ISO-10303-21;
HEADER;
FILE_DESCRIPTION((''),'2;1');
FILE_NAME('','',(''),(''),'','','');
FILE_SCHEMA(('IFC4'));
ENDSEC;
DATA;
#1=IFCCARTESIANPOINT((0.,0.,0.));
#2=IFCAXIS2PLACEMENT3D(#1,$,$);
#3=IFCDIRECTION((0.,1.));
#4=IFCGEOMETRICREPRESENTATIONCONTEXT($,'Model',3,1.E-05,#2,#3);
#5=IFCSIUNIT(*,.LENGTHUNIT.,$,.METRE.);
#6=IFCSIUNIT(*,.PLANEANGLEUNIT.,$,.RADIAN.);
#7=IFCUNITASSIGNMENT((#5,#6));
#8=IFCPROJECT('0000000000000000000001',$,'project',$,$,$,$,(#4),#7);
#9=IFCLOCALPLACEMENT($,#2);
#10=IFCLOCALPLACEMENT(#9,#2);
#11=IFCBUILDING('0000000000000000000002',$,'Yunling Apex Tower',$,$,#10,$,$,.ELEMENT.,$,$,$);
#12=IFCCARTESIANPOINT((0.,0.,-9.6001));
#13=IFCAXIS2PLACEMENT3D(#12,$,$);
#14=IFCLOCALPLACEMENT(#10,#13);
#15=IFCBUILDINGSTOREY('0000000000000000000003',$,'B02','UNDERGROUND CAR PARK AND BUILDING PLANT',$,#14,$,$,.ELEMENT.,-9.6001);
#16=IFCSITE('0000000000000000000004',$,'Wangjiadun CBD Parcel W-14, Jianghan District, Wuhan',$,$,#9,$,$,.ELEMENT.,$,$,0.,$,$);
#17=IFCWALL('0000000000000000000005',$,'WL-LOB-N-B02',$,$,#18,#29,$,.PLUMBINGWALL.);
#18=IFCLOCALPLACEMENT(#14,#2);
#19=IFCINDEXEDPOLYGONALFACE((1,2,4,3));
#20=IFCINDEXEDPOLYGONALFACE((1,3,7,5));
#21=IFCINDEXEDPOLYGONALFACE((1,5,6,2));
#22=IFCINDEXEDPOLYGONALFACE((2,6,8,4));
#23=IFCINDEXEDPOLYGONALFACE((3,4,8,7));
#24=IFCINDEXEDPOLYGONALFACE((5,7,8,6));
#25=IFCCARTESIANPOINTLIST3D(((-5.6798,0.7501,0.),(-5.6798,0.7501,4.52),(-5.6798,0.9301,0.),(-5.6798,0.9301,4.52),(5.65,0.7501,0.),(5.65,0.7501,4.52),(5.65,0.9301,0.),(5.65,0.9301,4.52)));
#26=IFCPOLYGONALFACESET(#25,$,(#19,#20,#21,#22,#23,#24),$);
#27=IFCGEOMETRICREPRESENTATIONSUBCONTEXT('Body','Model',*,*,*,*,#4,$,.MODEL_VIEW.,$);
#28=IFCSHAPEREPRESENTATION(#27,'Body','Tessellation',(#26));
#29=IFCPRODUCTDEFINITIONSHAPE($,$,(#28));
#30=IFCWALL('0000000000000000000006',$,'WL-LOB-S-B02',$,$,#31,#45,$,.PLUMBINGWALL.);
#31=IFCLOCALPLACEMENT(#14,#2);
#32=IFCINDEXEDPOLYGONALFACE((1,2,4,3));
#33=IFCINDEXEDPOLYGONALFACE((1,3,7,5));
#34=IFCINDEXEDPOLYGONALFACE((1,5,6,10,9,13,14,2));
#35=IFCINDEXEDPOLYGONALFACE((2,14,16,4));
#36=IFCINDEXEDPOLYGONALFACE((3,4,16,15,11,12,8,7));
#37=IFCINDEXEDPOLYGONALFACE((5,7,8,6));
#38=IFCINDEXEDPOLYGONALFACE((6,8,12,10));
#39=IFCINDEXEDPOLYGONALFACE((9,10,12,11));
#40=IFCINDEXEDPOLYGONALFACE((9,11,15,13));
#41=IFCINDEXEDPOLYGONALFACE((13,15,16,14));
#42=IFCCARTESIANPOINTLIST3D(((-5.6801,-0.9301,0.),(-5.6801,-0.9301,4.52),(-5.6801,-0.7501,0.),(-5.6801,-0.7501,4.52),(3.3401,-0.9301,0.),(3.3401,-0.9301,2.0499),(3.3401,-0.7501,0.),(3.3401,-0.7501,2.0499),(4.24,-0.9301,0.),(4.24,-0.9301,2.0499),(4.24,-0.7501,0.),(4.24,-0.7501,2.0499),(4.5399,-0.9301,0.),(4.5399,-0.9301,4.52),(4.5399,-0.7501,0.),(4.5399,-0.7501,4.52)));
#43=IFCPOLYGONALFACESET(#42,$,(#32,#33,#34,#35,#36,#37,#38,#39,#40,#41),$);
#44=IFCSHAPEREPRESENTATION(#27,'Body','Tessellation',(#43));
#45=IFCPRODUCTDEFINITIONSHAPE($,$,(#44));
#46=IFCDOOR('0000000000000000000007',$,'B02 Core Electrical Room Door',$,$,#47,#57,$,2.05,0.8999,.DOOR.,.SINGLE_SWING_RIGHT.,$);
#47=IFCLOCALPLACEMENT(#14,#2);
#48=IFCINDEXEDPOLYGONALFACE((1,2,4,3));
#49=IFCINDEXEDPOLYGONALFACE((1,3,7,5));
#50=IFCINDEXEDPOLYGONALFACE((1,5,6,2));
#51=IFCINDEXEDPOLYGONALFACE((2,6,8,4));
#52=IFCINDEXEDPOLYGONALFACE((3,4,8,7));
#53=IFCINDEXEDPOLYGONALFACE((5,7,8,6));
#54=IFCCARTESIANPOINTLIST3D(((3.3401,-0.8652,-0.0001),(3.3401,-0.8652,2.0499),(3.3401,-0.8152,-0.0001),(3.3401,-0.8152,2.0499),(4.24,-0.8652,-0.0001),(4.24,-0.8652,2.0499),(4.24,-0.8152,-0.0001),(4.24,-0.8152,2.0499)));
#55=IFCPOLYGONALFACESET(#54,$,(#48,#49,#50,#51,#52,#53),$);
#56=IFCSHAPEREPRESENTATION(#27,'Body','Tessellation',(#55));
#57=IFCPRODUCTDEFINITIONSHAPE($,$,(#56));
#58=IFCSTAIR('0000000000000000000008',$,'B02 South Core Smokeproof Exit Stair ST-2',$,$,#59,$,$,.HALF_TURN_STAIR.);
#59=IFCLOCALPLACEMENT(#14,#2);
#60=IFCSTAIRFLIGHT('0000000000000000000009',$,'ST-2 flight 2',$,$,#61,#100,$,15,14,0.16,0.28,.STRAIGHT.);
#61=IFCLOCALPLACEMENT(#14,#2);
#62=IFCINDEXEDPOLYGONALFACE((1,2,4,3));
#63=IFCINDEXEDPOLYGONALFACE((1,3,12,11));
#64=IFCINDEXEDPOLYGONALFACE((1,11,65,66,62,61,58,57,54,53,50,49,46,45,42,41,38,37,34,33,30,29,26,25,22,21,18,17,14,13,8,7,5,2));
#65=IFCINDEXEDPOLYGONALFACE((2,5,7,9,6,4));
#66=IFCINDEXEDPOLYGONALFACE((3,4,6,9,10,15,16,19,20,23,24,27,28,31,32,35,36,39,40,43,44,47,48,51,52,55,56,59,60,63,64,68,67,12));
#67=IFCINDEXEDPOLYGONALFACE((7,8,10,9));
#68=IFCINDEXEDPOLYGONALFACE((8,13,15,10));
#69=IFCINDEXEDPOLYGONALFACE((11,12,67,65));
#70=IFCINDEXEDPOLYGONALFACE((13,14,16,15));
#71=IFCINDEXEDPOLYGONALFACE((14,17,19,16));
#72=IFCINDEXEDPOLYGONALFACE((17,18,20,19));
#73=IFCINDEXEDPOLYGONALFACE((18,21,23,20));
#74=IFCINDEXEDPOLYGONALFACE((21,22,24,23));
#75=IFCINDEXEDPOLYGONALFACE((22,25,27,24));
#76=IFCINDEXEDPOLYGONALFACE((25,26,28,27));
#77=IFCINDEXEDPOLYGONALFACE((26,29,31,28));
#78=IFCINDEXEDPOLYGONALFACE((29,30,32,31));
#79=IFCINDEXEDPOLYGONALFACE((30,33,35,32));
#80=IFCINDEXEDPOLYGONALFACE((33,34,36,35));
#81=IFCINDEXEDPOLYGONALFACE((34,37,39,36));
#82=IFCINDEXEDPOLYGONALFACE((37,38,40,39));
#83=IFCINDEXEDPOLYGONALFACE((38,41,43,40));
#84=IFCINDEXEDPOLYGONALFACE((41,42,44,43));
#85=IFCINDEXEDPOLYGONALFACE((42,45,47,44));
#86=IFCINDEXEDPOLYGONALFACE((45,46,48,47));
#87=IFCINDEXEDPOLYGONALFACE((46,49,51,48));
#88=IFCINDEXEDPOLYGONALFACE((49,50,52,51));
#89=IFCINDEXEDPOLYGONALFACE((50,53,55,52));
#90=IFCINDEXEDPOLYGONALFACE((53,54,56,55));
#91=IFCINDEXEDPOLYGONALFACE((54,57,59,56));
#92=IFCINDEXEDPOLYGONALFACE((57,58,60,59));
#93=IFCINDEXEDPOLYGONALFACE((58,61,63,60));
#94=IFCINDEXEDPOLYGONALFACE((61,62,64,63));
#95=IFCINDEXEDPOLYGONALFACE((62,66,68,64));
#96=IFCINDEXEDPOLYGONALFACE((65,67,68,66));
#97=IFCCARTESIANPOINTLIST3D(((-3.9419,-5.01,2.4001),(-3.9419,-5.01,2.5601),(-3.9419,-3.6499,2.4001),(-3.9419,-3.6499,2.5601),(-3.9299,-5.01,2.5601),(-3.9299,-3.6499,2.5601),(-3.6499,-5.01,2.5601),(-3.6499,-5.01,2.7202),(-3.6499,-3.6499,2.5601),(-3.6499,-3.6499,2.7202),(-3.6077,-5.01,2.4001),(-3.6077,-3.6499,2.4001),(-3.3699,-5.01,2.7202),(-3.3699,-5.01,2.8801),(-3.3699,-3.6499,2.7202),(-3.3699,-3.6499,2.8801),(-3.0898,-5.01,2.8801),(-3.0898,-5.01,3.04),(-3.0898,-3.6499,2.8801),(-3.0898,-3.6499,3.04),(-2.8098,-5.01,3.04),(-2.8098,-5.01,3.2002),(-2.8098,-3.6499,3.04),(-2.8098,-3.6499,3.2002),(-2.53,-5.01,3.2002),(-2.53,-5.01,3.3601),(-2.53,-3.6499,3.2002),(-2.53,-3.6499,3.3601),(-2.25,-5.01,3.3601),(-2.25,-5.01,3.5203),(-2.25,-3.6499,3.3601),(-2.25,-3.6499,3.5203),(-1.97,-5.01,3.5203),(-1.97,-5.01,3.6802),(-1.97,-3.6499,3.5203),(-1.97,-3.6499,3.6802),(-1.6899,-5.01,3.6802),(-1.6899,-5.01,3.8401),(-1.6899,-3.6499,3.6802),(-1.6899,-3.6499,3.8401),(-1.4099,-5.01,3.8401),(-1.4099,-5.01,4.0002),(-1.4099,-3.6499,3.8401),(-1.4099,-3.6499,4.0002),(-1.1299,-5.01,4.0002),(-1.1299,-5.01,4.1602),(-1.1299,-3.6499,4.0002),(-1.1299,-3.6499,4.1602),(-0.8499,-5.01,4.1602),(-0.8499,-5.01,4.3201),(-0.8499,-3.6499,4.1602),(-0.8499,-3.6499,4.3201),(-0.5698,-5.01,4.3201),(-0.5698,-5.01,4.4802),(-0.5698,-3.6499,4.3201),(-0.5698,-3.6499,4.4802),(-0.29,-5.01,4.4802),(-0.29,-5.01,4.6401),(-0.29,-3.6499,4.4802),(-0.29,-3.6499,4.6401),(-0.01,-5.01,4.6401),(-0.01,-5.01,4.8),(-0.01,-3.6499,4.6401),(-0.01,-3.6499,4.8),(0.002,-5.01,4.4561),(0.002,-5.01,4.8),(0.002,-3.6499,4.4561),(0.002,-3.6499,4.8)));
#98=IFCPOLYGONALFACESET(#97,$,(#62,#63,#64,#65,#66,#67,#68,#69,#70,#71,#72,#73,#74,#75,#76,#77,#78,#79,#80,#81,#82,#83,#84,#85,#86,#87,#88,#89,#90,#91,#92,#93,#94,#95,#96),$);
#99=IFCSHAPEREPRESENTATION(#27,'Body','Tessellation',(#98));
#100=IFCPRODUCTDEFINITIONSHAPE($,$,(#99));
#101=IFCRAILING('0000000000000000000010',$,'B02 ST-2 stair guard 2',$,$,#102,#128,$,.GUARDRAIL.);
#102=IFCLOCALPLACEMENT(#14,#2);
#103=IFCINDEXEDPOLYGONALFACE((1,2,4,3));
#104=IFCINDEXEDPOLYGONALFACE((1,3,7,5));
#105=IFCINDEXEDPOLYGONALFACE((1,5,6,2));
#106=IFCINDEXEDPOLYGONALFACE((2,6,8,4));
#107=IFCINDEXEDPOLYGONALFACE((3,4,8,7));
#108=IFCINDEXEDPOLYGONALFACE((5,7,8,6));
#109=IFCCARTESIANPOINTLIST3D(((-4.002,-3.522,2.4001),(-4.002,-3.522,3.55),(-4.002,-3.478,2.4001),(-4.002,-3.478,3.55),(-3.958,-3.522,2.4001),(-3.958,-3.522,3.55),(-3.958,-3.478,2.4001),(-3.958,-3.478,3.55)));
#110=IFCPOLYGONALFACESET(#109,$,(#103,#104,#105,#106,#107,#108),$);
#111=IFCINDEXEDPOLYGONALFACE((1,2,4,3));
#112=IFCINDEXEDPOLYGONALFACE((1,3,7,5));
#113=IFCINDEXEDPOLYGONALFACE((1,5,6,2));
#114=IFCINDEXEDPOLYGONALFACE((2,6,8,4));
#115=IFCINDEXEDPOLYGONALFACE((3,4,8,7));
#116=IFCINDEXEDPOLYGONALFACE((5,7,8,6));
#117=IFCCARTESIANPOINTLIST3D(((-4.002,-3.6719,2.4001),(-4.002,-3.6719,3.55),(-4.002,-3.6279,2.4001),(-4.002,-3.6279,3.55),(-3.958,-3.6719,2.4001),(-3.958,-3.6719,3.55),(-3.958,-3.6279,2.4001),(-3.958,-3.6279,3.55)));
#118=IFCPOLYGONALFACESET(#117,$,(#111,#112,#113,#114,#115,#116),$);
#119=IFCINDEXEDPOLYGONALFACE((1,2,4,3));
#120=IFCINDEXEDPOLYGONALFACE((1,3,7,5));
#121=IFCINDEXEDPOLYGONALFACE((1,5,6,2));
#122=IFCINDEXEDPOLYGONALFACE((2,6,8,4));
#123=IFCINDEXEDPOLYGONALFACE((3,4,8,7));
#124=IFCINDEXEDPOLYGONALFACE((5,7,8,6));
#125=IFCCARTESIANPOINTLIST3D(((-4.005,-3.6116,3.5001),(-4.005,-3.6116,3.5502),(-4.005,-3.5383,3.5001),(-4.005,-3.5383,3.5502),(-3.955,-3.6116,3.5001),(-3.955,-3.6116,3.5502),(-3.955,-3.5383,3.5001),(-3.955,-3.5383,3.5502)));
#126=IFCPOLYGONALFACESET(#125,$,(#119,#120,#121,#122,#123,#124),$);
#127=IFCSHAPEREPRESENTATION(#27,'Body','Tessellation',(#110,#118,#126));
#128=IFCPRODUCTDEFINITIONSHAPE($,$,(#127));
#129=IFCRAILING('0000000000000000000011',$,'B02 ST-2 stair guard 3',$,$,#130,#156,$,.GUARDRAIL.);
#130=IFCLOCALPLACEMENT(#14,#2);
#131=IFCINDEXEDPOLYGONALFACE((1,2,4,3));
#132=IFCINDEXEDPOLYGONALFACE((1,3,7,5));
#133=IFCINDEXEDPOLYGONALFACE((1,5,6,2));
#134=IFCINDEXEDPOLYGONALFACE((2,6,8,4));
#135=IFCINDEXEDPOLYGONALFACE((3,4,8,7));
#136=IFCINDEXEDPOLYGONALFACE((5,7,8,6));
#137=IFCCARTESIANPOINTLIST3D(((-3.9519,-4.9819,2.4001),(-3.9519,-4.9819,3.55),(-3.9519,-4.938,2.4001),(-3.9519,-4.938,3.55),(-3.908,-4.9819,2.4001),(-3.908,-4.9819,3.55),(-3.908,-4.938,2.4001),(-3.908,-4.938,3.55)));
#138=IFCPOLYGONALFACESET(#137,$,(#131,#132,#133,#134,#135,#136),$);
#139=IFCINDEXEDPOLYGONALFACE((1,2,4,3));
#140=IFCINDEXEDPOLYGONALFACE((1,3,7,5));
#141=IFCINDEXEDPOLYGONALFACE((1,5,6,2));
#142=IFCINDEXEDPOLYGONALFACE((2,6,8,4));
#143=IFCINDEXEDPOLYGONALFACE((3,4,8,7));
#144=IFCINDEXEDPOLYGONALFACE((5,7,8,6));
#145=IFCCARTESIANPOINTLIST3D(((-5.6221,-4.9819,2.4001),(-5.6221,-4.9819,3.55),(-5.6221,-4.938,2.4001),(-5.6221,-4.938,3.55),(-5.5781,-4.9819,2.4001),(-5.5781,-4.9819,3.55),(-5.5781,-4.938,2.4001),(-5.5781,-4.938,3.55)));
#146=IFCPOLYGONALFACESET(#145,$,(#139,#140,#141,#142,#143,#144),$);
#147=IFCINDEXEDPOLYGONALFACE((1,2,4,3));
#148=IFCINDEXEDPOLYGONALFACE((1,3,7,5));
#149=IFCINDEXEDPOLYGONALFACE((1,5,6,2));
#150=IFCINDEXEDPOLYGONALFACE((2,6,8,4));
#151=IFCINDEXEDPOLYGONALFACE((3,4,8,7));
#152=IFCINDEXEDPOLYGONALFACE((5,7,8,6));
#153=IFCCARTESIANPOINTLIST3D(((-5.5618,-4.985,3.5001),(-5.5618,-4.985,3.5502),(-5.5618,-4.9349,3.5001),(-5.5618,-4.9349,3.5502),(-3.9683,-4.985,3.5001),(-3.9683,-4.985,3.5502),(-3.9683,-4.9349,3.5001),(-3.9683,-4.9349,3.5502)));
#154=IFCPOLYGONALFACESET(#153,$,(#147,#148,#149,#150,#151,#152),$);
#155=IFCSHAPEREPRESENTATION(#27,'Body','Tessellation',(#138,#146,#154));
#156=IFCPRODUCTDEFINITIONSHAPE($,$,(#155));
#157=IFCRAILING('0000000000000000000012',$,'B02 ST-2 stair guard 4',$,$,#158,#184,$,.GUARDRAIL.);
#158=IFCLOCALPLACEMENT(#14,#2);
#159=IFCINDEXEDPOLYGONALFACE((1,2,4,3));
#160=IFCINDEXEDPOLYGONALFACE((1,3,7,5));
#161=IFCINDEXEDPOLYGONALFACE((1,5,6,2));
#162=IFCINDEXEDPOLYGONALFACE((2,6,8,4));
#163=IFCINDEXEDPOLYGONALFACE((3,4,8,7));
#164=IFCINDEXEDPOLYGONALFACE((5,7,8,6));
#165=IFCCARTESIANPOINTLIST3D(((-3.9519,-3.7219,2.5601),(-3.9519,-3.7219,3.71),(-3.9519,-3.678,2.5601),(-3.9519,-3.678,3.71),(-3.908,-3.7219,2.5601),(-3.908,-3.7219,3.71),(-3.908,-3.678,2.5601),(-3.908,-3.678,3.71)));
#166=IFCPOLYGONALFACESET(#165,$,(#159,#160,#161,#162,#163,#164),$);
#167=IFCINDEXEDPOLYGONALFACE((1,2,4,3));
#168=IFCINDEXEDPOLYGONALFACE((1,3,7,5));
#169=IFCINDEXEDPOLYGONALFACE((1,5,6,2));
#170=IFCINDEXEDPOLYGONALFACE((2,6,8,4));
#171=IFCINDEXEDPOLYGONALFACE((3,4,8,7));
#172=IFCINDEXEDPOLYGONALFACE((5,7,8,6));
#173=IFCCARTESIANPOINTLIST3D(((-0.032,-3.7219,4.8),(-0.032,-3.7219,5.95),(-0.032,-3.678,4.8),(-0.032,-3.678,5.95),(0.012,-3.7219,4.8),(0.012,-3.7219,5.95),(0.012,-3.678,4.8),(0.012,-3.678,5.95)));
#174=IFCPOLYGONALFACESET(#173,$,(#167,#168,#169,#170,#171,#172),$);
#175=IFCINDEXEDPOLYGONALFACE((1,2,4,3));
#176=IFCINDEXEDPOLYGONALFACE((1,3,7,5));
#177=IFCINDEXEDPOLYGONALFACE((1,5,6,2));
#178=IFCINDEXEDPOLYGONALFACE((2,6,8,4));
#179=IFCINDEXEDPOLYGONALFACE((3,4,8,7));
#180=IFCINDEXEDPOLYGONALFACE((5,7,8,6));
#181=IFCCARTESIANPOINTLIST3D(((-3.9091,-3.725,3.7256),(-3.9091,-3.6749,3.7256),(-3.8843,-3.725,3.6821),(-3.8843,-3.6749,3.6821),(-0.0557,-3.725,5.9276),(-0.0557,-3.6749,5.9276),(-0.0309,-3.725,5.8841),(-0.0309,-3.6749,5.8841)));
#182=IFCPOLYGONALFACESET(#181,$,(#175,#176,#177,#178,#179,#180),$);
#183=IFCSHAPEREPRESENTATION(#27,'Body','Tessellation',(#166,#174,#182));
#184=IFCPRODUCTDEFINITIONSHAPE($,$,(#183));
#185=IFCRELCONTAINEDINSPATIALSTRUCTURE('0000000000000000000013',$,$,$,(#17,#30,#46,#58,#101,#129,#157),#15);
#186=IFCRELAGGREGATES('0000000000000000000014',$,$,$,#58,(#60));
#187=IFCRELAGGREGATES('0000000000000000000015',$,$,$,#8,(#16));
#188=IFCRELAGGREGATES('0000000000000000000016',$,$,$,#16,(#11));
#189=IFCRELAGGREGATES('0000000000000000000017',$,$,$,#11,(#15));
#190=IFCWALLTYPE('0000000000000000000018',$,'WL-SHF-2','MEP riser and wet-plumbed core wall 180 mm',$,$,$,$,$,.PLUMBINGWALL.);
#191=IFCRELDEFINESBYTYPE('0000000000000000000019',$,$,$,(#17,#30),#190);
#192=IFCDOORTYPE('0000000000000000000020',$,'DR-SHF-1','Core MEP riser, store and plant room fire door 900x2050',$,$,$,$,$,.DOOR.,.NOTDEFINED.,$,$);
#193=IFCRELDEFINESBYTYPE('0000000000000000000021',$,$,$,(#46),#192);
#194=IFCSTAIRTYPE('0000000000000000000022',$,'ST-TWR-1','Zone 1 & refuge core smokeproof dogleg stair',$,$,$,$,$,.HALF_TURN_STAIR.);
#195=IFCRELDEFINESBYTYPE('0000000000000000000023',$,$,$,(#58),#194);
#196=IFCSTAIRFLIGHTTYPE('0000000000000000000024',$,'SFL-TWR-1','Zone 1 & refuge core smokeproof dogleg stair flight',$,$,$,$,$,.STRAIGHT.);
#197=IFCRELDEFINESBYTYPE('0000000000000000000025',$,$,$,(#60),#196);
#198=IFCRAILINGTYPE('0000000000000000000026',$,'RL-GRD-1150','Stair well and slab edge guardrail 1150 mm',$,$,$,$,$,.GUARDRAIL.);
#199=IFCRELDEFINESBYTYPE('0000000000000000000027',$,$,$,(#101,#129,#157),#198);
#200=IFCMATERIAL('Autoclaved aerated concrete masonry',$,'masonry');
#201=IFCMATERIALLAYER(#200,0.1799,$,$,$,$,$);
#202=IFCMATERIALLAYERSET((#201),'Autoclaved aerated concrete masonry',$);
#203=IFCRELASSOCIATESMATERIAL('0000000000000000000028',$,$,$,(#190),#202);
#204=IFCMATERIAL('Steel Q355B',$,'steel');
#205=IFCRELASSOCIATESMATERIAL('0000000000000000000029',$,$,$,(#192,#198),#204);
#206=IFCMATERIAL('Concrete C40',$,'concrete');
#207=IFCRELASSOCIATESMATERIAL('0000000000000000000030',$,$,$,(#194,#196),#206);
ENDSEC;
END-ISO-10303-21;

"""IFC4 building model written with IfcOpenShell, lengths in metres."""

from ifc_helpers import new_model, si_unit, direction, frame, frame_2d, origin, origin_2d, place, context, subcontext, project, spatial, polyline, rectangle, outline, extrude, material, layer, layer_set, type_object, element, fill, aggregate, save


model = new_model("IFC4")

# Units and contexts
model_context = context("Model", 3, precision=1e-05, world=origin(), true_north=direction((0.0, 1.0)))
body_context = subcontext(model_context, "Body", "Model", "MODEL_VIEW")
ifc_project = project(units=[si_unit("LENGTHUNIT", "METRE"), si_unit("PLANEANGLEUNIT", "RADIAN")], contexts=[model_context])

# Site, building, storey
site_placement = place(None, origin())
site = spatial("IfcSite", under=ifc_project, at=site_placement, Name="Wangjiadun CBD Parcel W-14, Jianghan District, Wuhan", CompositionType="ELEMENT", RefElevation=0.0)
building_placement = place(site_placement, origin())
building = spatial("IfcBuilding", under=site, at=building_placement, Name="Yunling Apex Tower", CompositionType="ELEMENT")
storey_placement = place(building_placement, frame((0.0, 0.0, -9.6001)))
storey = spatial("IfcBuildingStorey", under=building, at=storey_placement, Name="B02", Description="UNDERGROUND CAR PARK AND BUILDING PLANT", CompositionType="ELEMENT", Elevation=-9.6001)

# Shared definitions
ifc_material_1 = material(Name="Steel Q355B", Category="steel")

# Shared definitions
ifc_material_2 = material(Name="Concrete C40", Category="concrete")

# Shared definitions
ifc_material_3 = material(Name="Autoclaved aerated concrete masonry", Category="masonry")

# Wall
ifc_layer_1 = layer(ifc_material_3, 0.1799)
ifc_layer_set_1 = layer_set([ifc_layer_1], Name="Autoclaved aerated concrete masonry")
wall_type_1 = type_object("IfcWallType", Name="WL-SHF-2", Description="MEP riser and wet-plumbed core wall 180 mm", PredefinedType="PLUMBINGWALL", material=ifc_layer_set_1)
wall_1_placement = place(storey_placement, frame((-5.6799, 0.8401, 0.0), z_axis=(0.0, 0.0, 1.0), x_axis=(1.0, 0.0, 0.0)))
element("IfcWall", 1, at=wall_1_placement, inside=storey, type_object=wall_type_1, Name="WL-LOB-N-B02", PredefinedType="PLUMBINGWALL", context=body_context, shape_type="SweptSolid", body=[
    extrude(rectangle(XDim=11.3298, YDim=0.1799, at=frame_2d((5.665, 0.0))), origin(), (0.0, 0.0, 1.0), 4.52),
])

# Wall, opening, door
wall_2_placement = place(storey_placement, frame((-5.6799, -0.8401, 0.0), z_axis=(0.0, 0.0, 1.0), x_axis=(1.0, 0.0, 0.0)))
wall_2 = element("IfcWall", 2, at=wall_2_placement, inside=storey, type_object=wall_type_1, Name="WL-LOB-S-B02", PredefinedType="PLUMBINGWALL", context=body_context, shape_type="SweptSolid", body=[
    extrude(rectangle(XDim=10.22, YDim=0.1799, at=frame_2d((5.1099, 0.0))), origin(), (0.0, 0.0, 1.0), 4.52),
])
opening_1_placement = place(wall_2_placement, frame((9.02, 0.0, 0.0)))
opening_1 = element("IfcOpeningElement", 3, at=opening_1_placement, cuts=wall_2, PredefinedType="OPENING", context=body_context, shape_type="SweptSolid", body=[
    extrude(rectangle(XDim=0.8999, YDim=2.05, at=frame_2d((0.45, 1.0249))), frame((0.0, 0.1001, 0.0), z_axis=(0.0, -1.0, 0.0), x_axis=(1.0, 0.0, 0.0)), (0.0, 0.0, 1.0), 0.2),
])
door_type_1 = type_object("IfcDoorType", Name="DR-SHF-1", Description="Core MEP riser, store and plant room fire door 900x2050", OperationType="NOTDEFINED", PredefinedType="DOOR", material=ifc_material_1)
door_1_placement = place(opening_1_placement, origin())
door_1 = element("IfcDoor", 4, at=door_1_placement, inside=storey, type_object=door_type_1, Name="B02 Core Electrical Room Door", OperationType="SINGLE_SWING_RIGHT", OverallHeight=2.05, OverallWidth=0.8999, PredefinedType="DOOR", context=body_context, shape_type="SweptSolid", body=[
    extrude(rectangle(XDim=0.8999, YDim=2.05, at=frame_2d((0.45, 1.0249))), frame((0.0, 0.0249, 0.0), z_axis=(0.0, -1.0, 0.0), x_axis=(1.0, 0.0, 0.0)), (0.0, 0.0, 1.0), 0.05),
])
fill(opening_1, door_1)

# Stair, stair flight
stair_type = type_object("IfcStairType", Name="ST-TWR-1", Description="Zone 1 & refuge core smokeproof dogleg stair", PredefinedType="HALF_TURN_STAIR", material=ifc_material_2)
stair_placement = place(storey_placement, origin())
stair = element("IfcStair", 5, at=stair_placement, inside=storey, type_object=stair_type, Name="B02 South Core Smokeproof Exit Stair ST-2", PredefinedType="HALF_TURN_STAIR")
stair_flight_type = type_object("IfcStairFlightType", Name="SFL-TWR-1", Description="Zone 1 & refuge core smokeproof dogleg stair flight", PredefinedType="STRAIGHT", material=ifc_material_2)
stair_flight_placement = place(storey_placement, frame((-3.9299, -4.3301, 2.4001), z_axis=(0.0, 0.0, 1.0), x_axis=(1.0, 0.0, 0.0)))
stair_flight = element("IfcStairFlight", 6, at=stair_flight_placement, type_object=stair_flight_type, Name="ST-2 flight 2", NumberOfRisers=15, NumberOfTreads=14, PredefinedType="STRAIGHT", RiserHeight=0.16, TreadLength=0.28, context=body_context, shape_type="SweptSolid", body=[
    extrude(outline(polyline([(-0.012, 0.0), (-0.012, 0.1599), (0.0, 0.1599), (0.28, 0.1599), (0.28, 0.3201), (0.5601, 0.3201), (0.5601, 0.48), (0.8401, 0.48), (0.8401, 0.6399), (1.1201, 0.6399), (1.1201, 0.8), (1.3999, 0.8), (1.3999, 0.96), (1.6799, 0.96), (1.6799, 1.1201), (1.96, 1.1201), (1.96, 1.28), (2.24, 1.28), (2.24, 1.4399), (2.52, 1.4399), (2.52, 1.6001), (2.8, 1.6001), (2.8, 1.76), (3.0801, 1.76), (3.0801, 1.9199), (3.3601, 1.9199), (3.3601, 2.0801), (3.6399, 2.0801), (3.6399, 2.24), (3.9199, 2.24), (3.9199, 2.3999), (3.9319, 2.3999), (3.9319, 2.0559), (0.3223, 0.0), (-0.012, 0.0)])), frame((0.0, 0.6802, 0.0), z_axis=(0.0, -1.0, 0.0), x_axis=(1.0, 0.0, 0.0)), (0.0, 0.0, 1.0), 1.3601),
])
aggregate(stair, [stair_flight])

# Railings
railing_type_1 = type_object("IfcRailingType", Name="RL-GRD-1150", Description="Stair well and slab edge guardrail 1150 mm", PredefinedType="GUARDRAIL", material=ifc_material_1)
railing_1_placement = place(storey_placement, frame((-3.98, -3.5, 2.4001)))
element("IfcRailing", 7, at=railing_1_placement, inside=storey, type_object=railing_type_1, Name="B02 ST-2 stair guard 2", PredefinedType="GUARDRAIL", context=body_context, shape_type="SweptSolid", body=[
    extrude(rectangle(XDim=0.0439, YDim=0.0439, at=origin_2d()), origin(), (0.0, 0.0, 1.0), 1.1499),
    extrude(rectangle(XDim=0.0439, YDim=0.0439, at=origin_2d()), frame((0.0, -0.1499, 0.0)), (0.0, 0.0, 1.0), 1.1499),
    extrude(rectangle(XDim=0.05, YDim=0.05, at=origin_2d()), frame((0.0, -0.0383, 1.125), z_axis=(0.0, -1.0, 0.0), x_axis=(1.0, 0.0, 0.0)), (0.0, 0.0, 1.0), 0.0732),
])
railing_2_placement = place(storey_placement, frame((-3.9299, -4.96, 2.4001)))
element("IfcRailing", 8, at=railing_2_placement, inside=storey, type_object=railing_type_1, Name="B02 ST-2 stair guard 3", PredefinedType="GUARDRAIL", context=body_context, shape_type="SweptSolid", body=[
    extrude(rectangle(XDim=0.0439, YDim=0.0439, at=origin_2d()), origin(), (0.0, 0.0, 1.0), 1.1499),
    extrude(rectangle(XDim=0.0439, YDim=0.0439, at=origin_2d()), frame((-1.6702, 0.0, 0.0)), (0.0, 0.0, 1.0), 1.1499),
    extrude(rectangle(XDim=0.05, YDim=0.05, at=origin_2d()), frame((-0.0383, 0.0, 1.125), z_axis=(-1.0, 0.0, 0.0), x_axis=(0.0, -1.0, 0.0)), (0.0, 0.0, 1.0), 1.5935),
])
railing_3_placement = place(storey_placement, frame((-3.9299, -3.7, 2.5601)))
element("IfcRailing", 9, at=railing_3_placement, inside=storey, type_object=railing_type_1, Name="B02 ST-2 stair guard 4", PredefinedType="GUARDRAIL", context=body_context, shape_type="SweptSolid", body=[
    extrude(rectangle(XDim=0.0439, YDim=0.0439, at=origin_2d()), origin(), (0.0, 0.0, 1.0), 1.1499),
    extrude(rectangle(XDim=0.0439, YDim=0.0439, at=origin_2d()), frame((3.9199, 0.0, 2.24)), (0.0, 0.0, 1.0), 1.1499),
    extrude(rectangle(XDim=0.05, YDim=0.05, at=origin_2d()), frame((0.0332, 0.0, 1.1438), z_axis=(0.86824, 0.0, 0.496145), x_axis=(0.0, 1.0, 0.0)), (0.0, 0.0, 1.0), 4.4382),
])

save(model, "model.ifc")
